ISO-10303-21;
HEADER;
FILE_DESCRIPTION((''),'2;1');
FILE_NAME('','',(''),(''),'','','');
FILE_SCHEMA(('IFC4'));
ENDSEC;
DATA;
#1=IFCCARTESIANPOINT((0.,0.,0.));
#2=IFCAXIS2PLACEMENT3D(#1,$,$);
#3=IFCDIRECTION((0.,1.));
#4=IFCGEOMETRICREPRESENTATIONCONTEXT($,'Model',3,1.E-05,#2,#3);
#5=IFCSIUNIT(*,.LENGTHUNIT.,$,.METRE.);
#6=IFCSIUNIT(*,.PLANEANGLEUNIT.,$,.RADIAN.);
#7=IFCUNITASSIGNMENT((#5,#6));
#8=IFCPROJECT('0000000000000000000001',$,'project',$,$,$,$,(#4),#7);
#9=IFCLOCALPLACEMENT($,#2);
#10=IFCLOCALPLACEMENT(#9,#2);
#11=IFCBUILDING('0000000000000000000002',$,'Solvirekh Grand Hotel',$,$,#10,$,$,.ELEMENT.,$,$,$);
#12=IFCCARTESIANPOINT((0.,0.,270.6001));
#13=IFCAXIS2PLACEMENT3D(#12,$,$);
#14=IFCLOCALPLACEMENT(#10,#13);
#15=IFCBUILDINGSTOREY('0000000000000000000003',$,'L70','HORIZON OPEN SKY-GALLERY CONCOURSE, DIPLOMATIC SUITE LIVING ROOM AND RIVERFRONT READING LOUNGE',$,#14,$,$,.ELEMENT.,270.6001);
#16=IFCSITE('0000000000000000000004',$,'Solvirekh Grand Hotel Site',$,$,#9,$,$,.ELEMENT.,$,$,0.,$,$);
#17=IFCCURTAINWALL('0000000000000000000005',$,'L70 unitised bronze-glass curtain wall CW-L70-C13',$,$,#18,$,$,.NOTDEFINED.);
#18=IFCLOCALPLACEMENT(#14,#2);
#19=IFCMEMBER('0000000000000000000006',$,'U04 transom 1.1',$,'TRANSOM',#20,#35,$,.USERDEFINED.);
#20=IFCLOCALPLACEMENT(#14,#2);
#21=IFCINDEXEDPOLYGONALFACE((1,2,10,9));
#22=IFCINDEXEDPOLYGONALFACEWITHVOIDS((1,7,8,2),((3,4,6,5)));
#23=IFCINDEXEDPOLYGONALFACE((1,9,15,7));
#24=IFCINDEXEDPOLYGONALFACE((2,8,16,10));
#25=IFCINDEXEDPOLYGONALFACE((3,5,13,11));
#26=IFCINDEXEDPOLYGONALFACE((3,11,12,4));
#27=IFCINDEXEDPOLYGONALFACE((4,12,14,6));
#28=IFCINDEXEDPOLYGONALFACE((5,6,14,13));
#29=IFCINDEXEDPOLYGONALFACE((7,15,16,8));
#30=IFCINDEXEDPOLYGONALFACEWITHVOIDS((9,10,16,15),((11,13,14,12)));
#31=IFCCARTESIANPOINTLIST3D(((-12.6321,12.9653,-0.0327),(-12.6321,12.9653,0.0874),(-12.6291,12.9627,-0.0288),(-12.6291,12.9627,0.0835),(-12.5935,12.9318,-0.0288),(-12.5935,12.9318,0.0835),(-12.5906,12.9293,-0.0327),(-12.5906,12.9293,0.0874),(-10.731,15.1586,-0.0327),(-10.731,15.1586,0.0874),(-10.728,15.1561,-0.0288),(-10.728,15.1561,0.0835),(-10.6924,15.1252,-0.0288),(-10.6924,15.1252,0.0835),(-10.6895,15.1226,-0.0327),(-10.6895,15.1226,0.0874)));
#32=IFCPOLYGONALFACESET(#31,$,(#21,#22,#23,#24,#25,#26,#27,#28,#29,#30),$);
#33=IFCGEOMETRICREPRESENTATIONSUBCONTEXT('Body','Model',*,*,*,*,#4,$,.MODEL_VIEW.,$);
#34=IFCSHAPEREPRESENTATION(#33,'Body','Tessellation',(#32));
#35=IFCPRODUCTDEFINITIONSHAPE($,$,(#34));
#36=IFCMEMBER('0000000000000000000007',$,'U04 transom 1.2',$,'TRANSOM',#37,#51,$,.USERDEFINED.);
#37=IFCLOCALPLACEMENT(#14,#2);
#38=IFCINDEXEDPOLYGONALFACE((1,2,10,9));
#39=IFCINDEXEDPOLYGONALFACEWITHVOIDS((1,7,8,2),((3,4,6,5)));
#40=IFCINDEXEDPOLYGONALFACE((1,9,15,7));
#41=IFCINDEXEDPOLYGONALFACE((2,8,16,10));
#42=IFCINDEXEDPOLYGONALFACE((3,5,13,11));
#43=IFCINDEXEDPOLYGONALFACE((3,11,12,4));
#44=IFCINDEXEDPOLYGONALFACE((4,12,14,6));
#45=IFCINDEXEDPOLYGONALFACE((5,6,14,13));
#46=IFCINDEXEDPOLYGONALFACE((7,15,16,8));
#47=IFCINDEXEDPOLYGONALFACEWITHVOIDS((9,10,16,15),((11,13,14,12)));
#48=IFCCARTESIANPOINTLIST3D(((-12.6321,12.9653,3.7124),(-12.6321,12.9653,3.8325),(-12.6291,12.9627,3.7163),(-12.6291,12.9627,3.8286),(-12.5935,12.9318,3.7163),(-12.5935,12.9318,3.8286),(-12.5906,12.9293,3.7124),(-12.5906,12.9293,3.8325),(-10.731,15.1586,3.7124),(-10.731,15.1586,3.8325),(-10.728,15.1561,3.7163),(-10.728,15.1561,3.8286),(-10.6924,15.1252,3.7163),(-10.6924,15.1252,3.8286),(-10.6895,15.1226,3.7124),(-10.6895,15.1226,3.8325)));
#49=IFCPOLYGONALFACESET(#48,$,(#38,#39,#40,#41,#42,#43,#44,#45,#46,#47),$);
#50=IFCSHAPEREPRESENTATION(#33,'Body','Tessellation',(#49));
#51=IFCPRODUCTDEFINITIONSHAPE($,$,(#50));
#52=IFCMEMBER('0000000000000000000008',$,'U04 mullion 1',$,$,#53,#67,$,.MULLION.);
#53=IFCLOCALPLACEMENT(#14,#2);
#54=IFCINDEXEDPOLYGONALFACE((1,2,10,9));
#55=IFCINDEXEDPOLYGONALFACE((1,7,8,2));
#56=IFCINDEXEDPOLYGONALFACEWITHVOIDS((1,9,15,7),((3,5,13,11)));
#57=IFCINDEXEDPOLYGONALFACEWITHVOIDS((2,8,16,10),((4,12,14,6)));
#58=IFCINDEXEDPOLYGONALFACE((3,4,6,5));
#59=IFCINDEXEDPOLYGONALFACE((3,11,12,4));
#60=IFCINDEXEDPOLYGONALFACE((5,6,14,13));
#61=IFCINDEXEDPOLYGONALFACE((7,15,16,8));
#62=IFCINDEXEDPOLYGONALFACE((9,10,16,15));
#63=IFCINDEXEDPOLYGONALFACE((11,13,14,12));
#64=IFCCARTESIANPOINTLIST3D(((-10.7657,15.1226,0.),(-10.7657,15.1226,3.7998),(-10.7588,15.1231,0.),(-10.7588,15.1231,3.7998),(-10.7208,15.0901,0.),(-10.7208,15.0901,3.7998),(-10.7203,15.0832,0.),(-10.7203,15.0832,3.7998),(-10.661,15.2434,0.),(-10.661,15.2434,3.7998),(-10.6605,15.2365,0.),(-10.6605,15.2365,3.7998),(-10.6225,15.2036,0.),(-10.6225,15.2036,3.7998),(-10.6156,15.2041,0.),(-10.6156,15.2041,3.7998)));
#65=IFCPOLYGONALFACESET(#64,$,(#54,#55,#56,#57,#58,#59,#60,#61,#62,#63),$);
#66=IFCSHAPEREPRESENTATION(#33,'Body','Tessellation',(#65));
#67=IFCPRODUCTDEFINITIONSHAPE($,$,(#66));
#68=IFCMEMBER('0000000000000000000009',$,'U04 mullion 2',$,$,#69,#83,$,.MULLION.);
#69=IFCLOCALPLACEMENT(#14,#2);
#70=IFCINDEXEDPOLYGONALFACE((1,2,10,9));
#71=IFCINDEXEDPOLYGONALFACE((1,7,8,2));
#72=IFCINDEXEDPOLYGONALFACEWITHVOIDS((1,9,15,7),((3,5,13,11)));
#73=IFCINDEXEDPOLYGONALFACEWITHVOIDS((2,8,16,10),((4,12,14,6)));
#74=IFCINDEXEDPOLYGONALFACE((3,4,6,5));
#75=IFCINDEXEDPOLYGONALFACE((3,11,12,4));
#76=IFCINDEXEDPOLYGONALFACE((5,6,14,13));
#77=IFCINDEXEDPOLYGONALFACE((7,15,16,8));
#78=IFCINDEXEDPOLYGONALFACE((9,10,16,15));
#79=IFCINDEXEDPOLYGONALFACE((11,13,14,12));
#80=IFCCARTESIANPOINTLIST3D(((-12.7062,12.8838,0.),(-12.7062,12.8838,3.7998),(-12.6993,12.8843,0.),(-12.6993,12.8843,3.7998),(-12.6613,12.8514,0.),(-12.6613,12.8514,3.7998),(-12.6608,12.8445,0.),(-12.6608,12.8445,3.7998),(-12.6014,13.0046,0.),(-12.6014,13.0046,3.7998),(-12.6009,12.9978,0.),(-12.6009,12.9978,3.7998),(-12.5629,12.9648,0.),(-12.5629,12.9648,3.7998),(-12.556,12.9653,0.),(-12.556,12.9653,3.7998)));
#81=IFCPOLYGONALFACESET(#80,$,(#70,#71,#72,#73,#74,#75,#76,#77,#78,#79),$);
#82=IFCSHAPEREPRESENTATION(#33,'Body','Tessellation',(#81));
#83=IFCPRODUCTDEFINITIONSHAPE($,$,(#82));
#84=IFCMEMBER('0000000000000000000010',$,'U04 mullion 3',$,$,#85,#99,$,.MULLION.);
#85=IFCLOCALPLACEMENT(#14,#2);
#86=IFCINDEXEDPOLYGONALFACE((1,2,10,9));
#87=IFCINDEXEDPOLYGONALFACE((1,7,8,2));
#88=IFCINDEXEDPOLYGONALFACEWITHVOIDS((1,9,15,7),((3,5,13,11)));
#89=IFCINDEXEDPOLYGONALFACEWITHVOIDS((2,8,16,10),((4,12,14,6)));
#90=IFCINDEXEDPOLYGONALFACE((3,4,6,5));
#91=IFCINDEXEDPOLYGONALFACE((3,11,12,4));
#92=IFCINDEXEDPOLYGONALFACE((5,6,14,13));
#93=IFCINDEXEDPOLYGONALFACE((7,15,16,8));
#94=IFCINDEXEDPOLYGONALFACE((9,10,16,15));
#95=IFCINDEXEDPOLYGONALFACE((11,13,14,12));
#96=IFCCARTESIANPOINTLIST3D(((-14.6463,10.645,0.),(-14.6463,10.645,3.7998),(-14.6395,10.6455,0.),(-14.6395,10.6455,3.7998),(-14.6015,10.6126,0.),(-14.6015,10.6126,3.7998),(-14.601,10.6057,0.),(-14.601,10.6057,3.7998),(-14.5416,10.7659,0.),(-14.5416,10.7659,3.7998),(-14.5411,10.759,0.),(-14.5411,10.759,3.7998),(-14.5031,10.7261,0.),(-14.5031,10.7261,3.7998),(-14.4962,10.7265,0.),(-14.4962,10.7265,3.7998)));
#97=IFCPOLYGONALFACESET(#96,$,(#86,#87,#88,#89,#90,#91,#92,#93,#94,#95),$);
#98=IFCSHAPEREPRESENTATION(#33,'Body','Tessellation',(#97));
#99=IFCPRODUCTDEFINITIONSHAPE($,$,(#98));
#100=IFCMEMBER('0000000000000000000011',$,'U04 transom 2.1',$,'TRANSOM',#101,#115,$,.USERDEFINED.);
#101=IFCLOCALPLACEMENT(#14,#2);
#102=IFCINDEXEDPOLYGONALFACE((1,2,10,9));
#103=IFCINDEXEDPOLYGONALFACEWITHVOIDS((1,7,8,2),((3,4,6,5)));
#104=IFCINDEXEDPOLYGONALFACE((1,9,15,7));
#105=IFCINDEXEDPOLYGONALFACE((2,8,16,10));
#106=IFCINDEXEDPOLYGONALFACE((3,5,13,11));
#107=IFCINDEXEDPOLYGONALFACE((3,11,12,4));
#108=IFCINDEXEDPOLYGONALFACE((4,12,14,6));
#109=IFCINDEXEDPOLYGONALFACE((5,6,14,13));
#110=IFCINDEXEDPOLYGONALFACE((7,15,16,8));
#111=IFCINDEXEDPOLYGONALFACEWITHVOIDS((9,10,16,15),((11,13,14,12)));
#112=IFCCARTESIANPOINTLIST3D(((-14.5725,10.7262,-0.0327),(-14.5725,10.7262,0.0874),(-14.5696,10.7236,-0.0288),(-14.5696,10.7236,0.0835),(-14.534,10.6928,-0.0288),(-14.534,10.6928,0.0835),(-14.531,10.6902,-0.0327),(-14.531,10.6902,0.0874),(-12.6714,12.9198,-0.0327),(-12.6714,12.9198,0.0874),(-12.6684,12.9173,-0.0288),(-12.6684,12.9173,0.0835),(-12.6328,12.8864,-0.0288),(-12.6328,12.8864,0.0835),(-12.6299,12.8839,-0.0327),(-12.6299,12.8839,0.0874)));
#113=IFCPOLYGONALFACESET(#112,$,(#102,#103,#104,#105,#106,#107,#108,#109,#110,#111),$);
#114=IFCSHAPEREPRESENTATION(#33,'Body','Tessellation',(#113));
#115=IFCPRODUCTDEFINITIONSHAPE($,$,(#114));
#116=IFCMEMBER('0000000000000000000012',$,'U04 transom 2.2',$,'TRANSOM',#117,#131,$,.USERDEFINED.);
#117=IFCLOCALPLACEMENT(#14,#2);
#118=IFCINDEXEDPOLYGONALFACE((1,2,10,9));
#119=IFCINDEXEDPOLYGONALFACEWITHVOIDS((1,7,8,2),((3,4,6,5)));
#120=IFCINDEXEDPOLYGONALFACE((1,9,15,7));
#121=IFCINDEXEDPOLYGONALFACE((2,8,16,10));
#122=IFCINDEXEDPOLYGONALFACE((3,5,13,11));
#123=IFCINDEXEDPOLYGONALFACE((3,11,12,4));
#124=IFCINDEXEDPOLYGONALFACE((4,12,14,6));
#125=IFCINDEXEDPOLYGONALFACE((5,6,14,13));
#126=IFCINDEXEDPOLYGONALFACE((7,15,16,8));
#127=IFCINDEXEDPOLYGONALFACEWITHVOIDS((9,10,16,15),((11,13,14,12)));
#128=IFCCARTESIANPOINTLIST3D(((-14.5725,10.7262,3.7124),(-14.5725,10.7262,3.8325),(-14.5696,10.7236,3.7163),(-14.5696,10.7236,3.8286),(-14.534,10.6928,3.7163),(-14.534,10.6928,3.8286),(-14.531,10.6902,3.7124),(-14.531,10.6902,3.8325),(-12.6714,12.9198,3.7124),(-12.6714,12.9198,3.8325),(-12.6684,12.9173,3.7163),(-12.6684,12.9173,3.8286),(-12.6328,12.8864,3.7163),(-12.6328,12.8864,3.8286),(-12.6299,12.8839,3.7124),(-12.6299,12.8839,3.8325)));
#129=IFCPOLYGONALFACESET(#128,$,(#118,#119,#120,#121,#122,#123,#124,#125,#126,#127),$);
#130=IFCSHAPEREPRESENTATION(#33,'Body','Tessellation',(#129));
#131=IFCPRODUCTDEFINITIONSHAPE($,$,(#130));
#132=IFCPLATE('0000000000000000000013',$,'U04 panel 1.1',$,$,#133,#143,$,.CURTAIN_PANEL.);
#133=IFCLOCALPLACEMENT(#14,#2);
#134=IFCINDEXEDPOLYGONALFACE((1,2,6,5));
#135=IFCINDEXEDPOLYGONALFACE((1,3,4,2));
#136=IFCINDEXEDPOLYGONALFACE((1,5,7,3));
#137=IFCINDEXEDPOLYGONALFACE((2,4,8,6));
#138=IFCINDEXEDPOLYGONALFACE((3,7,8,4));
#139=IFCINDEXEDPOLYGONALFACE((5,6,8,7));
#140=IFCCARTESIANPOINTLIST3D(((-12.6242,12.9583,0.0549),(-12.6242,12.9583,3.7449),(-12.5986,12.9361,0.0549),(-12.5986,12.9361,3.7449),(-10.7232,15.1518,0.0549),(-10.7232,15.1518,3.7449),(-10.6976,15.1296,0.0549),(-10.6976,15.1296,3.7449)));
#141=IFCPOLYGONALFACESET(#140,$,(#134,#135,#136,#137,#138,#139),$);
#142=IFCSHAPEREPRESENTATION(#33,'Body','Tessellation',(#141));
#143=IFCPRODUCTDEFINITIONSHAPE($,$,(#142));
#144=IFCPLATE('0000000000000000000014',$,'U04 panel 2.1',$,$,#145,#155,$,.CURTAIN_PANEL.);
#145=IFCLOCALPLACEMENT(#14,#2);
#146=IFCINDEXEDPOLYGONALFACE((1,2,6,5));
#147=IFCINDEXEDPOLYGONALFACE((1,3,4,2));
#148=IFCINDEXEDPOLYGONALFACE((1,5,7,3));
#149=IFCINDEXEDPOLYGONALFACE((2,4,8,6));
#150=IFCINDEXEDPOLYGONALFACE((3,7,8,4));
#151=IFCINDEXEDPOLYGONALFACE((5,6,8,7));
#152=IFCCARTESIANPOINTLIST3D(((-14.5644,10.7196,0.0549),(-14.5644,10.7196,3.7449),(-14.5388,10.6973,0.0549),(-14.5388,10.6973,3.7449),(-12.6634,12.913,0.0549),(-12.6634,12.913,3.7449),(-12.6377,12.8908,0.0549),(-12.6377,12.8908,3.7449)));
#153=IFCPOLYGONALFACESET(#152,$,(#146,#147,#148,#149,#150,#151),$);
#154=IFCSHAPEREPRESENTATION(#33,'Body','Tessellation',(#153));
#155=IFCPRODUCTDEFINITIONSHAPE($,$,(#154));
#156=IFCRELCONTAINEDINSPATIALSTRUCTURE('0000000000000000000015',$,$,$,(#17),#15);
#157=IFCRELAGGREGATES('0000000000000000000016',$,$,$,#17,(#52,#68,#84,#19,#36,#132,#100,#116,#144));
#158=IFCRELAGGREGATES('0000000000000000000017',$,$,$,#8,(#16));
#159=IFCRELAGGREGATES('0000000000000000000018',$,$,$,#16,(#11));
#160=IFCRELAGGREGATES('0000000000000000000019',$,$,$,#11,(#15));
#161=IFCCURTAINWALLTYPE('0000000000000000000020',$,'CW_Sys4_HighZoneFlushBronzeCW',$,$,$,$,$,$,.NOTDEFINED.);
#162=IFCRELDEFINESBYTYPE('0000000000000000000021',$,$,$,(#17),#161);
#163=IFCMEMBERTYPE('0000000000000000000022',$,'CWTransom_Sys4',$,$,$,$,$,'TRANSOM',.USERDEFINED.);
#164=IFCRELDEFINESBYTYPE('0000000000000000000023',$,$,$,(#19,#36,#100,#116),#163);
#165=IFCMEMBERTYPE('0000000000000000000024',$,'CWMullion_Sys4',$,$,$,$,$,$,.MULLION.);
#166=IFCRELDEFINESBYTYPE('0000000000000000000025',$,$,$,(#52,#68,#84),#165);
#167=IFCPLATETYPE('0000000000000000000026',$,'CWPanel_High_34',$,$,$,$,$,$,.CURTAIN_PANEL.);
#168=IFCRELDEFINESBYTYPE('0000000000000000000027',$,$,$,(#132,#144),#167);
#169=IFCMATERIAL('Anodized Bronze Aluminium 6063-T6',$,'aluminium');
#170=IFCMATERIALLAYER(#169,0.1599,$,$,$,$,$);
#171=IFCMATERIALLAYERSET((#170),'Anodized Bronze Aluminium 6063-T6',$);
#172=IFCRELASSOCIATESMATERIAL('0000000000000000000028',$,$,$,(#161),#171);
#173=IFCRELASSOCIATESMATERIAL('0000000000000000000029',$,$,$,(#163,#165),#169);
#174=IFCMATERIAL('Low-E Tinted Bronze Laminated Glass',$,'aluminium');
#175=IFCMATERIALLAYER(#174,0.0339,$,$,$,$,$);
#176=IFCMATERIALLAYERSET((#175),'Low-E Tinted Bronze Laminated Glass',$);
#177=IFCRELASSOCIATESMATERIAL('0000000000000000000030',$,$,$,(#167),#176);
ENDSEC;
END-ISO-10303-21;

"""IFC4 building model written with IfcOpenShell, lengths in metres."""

from ifc_helpers import new_model, si_unit, direction, frame, origin, origin_2d, place, context, subcontext, project, spatial, rectangle, hollow_rectangle, extrude, source, transform, mapped, material, layer, layer_set, material_profile, profile_set, type_object, element, aggregate, save


model = new_model("IFC4")

# Units and contexts
model_context = context("Model", 3, precision=1e-05, world=origin(), true_north=direction((0.0, 1.0)))
body_context = subcontext(model_context, "Body", "Model", "MODEL_VIEW")
ifc_project = project(units=[si_unit("LENGTHUNIT", "METRE"), si_unit("PLANEANGLEUNIT", "RADIAN")], contexts=[model_context])

# Site, building, storey
site_placement = place(None, origin())
site = spatial("IfcSite", under=ifc_project, at=site_placement, Name="Solvirekh Grand Hotel Site", CompositionType="ELEMENT", RefElevation=0.0)
building_placement = place(site_placement, origin())
building = spatial("IfcBuilding", under=site, at=building_placement, Name="Solvirekh Grand Hotel", CompositionType="ELEMENT")
storey_placement = place(building_placement, frame((0.0, 0.0, 270.6001)))
storey = spatial("IfcBuildingStorey", under=building, at=storey_placement, Name="L70", Description="HORIZON OPEN SKY-GALLERY CONCOURSE, DIPLOMATIC SUITE LIVING ROOM AND RIVERFRONT READING LOUNGE", CompositionType="ELEMENT", Elevation=270.6001)

# Curtain wall, members, plates
ifc_material_1 = material(Name="Anodized Bronze Aluminium 6063-T6", Category="aluminium")
ifc_layer_1 = layer(ifc_material_1, 0.1599)
ifc_layer_set_1 = layer_set([ifc_layer_1], Name="Anodized Bronze Aluminium 6063-T6")
curtain_wall_type = type_object("IfcCurtainWallType", Name="CW_Sys4_HighZoneFlushBronzeCW", PredefinedType="NOTDEFINED", material=ifc_layer_set_1)
curtain_wall_placement = place(storey_placement, origin())
curtain_wall = element("IfcCurtainWall", 1, at=curtain_wall_placement, inside=storey, type_object=curtain_wall_type, Name="L70 unitised bronze-glass curtain wall CW-L70-C13", PredefinedType="NOTDEFINED")
ifc_material_profile_1 = material_profile(ifc_material_1, hollow_rectangle(XDim=0.0549, YDim=0.1201, WallThickness=0.0039, at=origin_2d()), Name="ALU RHS 120X55X4")
ifc_profile_set_1 = profile_set([ifc_material_profile_1], Name="Anodized Bronze Aluminium 6063-T6")
member_type_1 = type_object("IfcMemberType", Name="CWTransom_Sys4", ElementType="TRANSOM", PredefinedType="USERDEFINED", material=ifc_profile_set_1)
shared_shape_1 = source(origin(), body_context, "Body", "SweptSolid", [
    extrude(hollow_rectangle(XDim=0.0549, YDim=0.1201, WallThickness=0.0039, at=origin_2d()), origin(), (0.0, 0.0, 1.0), 2.9026),
])
member_1_placement = place(storey_placement, frame((-10.7102, 15.1406, 0.0273), z_axis=(-0.654972, -0.755653, 0.0), x_axis=(0.755653, -0.654972, 0.0)))
member_1 = element("IfcMember", 2, at=member_1_placement, type_object=member_type_1, Name="U04 transom 1.1", ObjectType="TRANSOM", PredefinedType="USERDEFINED", context=body_context, shape_type="MappedRepresentation", body=[
    mapped(shared_shape_1, transform((0.0, 0.0, 0.0), x_axis=(1.0, 0.0, 0.0), y_axis=(0.0, 1.0, 0.0), z_axis=(0.0, 0.0, 1.0), scale=1.0)),
])
member_2_placement = place(storey_placement, frame((-10.7102, 15.1406, 3.7725), z_axis=(-0.654972, -0.755653, 0.0), x_axis=(0.755653, -0.654972, 0.0)))
member_2 = element("IfcMember", 3, at=member_2_placement, type_object=member_type_1, Name="U04 transom 1.2", ObjectType="TRANSOM", PredefinedType="USERDEFINED", context=body_context, shape_type="MappedRepresentation", body=[
    mapped(shared_shape_1, transform((0.0, 0.0, 0.0), x_axis=(1.0, 0.0, 0.0), y_axis=(0.0, 1.0, 0.0), z_axis=(0.0, 0.0, 1.0), scale=1.0)),
])
ifc_material_profile_2 = material_profile(ifc_material_1, hollow_rectangle(XDim=0.0601, YDim=0.1599, WallThickness=0.0049, at=origin_2d()), Name="ALU RHS 160X60X5")
ifc_profile_set_2 = profile_set([ifc_material_profile_2], Name="Anodized Bronze Aluminium 6063-T6")
member_type_2 = type_object("IfcMemberType", Name="CWMullion_Sys4", PredefinedType="MULLION", material=ifc_profile_set_2)
shared_shape_2 = source(origin(), body_context, "Body", "SweptSolid", [
    extrude(hollow_rectangle(XDim=0.0601, YDim=0.1599, WallThickness=0.0049, at=origin_2d()), origin(), (0.0, 0.0, 1.0), 3.7998),
])
member_3_placement = place(storey_placement, frame((-10.6907, 15.1633, 0.0), z_axis=(0.0, 0.0, 1.0), x_axis=(0.755684, -0.654937, 0.0)))
member_3 = element("IfcMember", 4, at=member_3_placement, type_object=member_type_2, Name="U04 mullion 1", PredefinedType="MULLION", context=body_context, shape_type="MappedRepresentation", body=[
    mapped(shared_shape_2, transform((0.0, 0.0, 0.0), x_axis=(1.0, 0.0, 0.0), y_axis=(0.0, 1.0, 0.0), z_axis=(0.0, 0.0, 1.0), scale=1.0)),
])
member_4_placement = place(storey_placement, frame((-12.6311, 12.9246, 0.0), z_axis=(0.0, 0.0, 1.0), x_axis=(0.755684, -0.654937, 0.0)))
member_4 = element("IfcMember", 5, at=member_4_placement, type_object=member_type_2, Name="U04 mullion 2", PredefinedType="MULLION", context=body_context, shape_type="MappedRepresentation", body=[
    mapped(shared_shape_2, transform((0.0, 0.0, 0.0), x_axis=(1.0, 0.0, 0.0), y_axis=(0.0, 1.0, 0.0), z_axis=(0.0, 0.0, 1.0), scale=1.0)),
])
member_5_placement = place(storey_placement, frame((-14.5713, 10.6858, 0.0), z_axis=(0.0, 0.0, 1.0), x_axis=(0.755684, -0.654937, 0.0)))
member_5 = element("IfcMember", 6, at=member_5_placement, type_object=member_type_2, Name="U04 mullion 3", PredefinedType="MULLION", context=body_context, shape_type="MappedRepresentation", body=[
    mapped(shared_shape_2, transform((0.0, 0.0, 0.0), x_axis=(1.0, 0.0, 0.0), y_axis=(0.0, 1.0, 0.0), z_axis=(0.0, 0.0, 1.0), scale=1.0)),
])
shared_shape_3 = source(origin(), body_context, "Body", "SweptSolid", [
    extrude(hollow_rectangle(XDim=0.0549, YDim=0.1201, WallThickness=0.0039, at=origin_2d()), origin(), (0.0, 0.0, 1.0), 2.9028),
])
member_6_placement = place(storey_placement, frame((-12.6506, 12.9019, 0.0273), z_axis=(-0.654931, -0.755689, 0.0), x_axis=(0.755689, -0.654931, 0.0)))
member_6 = element("IfcMember", 7, at=member_6_placement, type_object=member_type_1, Name="U04 transom 2.1", ObjectType="TRANSOM", PredefinedType="USERDEFINED", context=body_context, shape_type="MappedRepresentation", body=[
    mapped(shared_shape_3, transform((0.0, 0.0, 0.0), x_axis=(1.0, 0.0, 0.0), y_axis=(0.0, 1.0, 0.0), z_axis=(0.0, 0.0, 1.0), scale=1.0)),
])
member_7_placement = place(storey_placement, frame((-12.6506, 12.9019, 3.7725), z_axis=(-0.654931, -0.755689, 0.0), x_axis=(0.755689, -0.654931, 0.0)))
member_7 = element("IfcMember", 8, at=member_7_placement, type_object=member_type_1, Name="U04 transom 2.2", ObjectType="TRANSOM", PredefinedType="USERDEFINED", context=body_context, shape_type="MappedRepresentation", body=[
    mapped(shared_shape_3, transform((0.0, 0.0, 0.0), x_axis=(1.0, 0.0, 0.0), y_axis=(0.0, 1.0, 0.0), z_axis=(0.0, 0.0, 1.0), scale=1.0)),
])
ifc_material_2 = material(Name="Low-E Tinted Bronze Laminated Glass", Category="aluminium")
ifc_layer_2 = layer(ifc_material_2, 0.0339)
ifc_layer_set_2 = layer_set([ifc_layer_2], Name="Low-E Tinted Bronze Laminated Glass")
plate_type = type_object("IfcPlateType", Name="CWPanel_High_34", PredefinedType="CURTAIN_PANEL", material=ifc_layer_set_2)
shared_shape_4 = source(origin(), body_context, "Body", "SweptSolid", [
    extrude(rectangle(XDim=2.9026, YDim=0.0339, at=origin_2d()), origin(), (0.0, 0.0, 1.0), 3.6899),
])
plate_1_placement = place(storey_placement, frame((-11.6609, 14.0439, 0.0549), z_axis=(0.0, 0.0, 1.0), x_axis=(-0.654937, -0.755684, 0.0)))
plate_1 = element("IfcPlate", 9, at=plate_1_placement, type_object=plate_type, Name="U04 panel 1.1", PredefinedType="CURTAIN_PANEL", context=body_context, shape_type="MappedRepresentation", body=[
    mapped(shared_shape_4, transform((0.0, 0.0, 0.0), x_axis=(1.0, 0.0, 0.0), y_axis=(0.0, 1.0, 0.0), z_axis=(0.0, 0.0, 1.0), scale=1.0)),
])
plate_2_placement = place(storey_placement, frame((-13.6011, 11.8052, 0.0549), z_axis=(0.0, 0.0, 1.0), x_axis=(-0.654937, -0.755684, 0.0)))
plate_2 = element("IfcPlate", 10, at=plate_2_placement, type_object=plate_type, Name="U04 panel 2.1", PredefinedType="CURTAIN_PANEL", context=body_context, shape_type="MappedRepresentation", body=[
    mapped(shared_shape_4, transform((0.0, 0.0, 0.0), x_axis=(1.0, 0.0, 0.0), y_axis=(0.0, 1.0, 0.0), z_axis=(0.0, 0.0, 1.0), scale=1.0)),
])
aggregate(curtain_wall, [member_3, member_4, member_5, member_1, member_2, plate_1, member_6, member_7, plate_2])

save(model, "model.ifc")
